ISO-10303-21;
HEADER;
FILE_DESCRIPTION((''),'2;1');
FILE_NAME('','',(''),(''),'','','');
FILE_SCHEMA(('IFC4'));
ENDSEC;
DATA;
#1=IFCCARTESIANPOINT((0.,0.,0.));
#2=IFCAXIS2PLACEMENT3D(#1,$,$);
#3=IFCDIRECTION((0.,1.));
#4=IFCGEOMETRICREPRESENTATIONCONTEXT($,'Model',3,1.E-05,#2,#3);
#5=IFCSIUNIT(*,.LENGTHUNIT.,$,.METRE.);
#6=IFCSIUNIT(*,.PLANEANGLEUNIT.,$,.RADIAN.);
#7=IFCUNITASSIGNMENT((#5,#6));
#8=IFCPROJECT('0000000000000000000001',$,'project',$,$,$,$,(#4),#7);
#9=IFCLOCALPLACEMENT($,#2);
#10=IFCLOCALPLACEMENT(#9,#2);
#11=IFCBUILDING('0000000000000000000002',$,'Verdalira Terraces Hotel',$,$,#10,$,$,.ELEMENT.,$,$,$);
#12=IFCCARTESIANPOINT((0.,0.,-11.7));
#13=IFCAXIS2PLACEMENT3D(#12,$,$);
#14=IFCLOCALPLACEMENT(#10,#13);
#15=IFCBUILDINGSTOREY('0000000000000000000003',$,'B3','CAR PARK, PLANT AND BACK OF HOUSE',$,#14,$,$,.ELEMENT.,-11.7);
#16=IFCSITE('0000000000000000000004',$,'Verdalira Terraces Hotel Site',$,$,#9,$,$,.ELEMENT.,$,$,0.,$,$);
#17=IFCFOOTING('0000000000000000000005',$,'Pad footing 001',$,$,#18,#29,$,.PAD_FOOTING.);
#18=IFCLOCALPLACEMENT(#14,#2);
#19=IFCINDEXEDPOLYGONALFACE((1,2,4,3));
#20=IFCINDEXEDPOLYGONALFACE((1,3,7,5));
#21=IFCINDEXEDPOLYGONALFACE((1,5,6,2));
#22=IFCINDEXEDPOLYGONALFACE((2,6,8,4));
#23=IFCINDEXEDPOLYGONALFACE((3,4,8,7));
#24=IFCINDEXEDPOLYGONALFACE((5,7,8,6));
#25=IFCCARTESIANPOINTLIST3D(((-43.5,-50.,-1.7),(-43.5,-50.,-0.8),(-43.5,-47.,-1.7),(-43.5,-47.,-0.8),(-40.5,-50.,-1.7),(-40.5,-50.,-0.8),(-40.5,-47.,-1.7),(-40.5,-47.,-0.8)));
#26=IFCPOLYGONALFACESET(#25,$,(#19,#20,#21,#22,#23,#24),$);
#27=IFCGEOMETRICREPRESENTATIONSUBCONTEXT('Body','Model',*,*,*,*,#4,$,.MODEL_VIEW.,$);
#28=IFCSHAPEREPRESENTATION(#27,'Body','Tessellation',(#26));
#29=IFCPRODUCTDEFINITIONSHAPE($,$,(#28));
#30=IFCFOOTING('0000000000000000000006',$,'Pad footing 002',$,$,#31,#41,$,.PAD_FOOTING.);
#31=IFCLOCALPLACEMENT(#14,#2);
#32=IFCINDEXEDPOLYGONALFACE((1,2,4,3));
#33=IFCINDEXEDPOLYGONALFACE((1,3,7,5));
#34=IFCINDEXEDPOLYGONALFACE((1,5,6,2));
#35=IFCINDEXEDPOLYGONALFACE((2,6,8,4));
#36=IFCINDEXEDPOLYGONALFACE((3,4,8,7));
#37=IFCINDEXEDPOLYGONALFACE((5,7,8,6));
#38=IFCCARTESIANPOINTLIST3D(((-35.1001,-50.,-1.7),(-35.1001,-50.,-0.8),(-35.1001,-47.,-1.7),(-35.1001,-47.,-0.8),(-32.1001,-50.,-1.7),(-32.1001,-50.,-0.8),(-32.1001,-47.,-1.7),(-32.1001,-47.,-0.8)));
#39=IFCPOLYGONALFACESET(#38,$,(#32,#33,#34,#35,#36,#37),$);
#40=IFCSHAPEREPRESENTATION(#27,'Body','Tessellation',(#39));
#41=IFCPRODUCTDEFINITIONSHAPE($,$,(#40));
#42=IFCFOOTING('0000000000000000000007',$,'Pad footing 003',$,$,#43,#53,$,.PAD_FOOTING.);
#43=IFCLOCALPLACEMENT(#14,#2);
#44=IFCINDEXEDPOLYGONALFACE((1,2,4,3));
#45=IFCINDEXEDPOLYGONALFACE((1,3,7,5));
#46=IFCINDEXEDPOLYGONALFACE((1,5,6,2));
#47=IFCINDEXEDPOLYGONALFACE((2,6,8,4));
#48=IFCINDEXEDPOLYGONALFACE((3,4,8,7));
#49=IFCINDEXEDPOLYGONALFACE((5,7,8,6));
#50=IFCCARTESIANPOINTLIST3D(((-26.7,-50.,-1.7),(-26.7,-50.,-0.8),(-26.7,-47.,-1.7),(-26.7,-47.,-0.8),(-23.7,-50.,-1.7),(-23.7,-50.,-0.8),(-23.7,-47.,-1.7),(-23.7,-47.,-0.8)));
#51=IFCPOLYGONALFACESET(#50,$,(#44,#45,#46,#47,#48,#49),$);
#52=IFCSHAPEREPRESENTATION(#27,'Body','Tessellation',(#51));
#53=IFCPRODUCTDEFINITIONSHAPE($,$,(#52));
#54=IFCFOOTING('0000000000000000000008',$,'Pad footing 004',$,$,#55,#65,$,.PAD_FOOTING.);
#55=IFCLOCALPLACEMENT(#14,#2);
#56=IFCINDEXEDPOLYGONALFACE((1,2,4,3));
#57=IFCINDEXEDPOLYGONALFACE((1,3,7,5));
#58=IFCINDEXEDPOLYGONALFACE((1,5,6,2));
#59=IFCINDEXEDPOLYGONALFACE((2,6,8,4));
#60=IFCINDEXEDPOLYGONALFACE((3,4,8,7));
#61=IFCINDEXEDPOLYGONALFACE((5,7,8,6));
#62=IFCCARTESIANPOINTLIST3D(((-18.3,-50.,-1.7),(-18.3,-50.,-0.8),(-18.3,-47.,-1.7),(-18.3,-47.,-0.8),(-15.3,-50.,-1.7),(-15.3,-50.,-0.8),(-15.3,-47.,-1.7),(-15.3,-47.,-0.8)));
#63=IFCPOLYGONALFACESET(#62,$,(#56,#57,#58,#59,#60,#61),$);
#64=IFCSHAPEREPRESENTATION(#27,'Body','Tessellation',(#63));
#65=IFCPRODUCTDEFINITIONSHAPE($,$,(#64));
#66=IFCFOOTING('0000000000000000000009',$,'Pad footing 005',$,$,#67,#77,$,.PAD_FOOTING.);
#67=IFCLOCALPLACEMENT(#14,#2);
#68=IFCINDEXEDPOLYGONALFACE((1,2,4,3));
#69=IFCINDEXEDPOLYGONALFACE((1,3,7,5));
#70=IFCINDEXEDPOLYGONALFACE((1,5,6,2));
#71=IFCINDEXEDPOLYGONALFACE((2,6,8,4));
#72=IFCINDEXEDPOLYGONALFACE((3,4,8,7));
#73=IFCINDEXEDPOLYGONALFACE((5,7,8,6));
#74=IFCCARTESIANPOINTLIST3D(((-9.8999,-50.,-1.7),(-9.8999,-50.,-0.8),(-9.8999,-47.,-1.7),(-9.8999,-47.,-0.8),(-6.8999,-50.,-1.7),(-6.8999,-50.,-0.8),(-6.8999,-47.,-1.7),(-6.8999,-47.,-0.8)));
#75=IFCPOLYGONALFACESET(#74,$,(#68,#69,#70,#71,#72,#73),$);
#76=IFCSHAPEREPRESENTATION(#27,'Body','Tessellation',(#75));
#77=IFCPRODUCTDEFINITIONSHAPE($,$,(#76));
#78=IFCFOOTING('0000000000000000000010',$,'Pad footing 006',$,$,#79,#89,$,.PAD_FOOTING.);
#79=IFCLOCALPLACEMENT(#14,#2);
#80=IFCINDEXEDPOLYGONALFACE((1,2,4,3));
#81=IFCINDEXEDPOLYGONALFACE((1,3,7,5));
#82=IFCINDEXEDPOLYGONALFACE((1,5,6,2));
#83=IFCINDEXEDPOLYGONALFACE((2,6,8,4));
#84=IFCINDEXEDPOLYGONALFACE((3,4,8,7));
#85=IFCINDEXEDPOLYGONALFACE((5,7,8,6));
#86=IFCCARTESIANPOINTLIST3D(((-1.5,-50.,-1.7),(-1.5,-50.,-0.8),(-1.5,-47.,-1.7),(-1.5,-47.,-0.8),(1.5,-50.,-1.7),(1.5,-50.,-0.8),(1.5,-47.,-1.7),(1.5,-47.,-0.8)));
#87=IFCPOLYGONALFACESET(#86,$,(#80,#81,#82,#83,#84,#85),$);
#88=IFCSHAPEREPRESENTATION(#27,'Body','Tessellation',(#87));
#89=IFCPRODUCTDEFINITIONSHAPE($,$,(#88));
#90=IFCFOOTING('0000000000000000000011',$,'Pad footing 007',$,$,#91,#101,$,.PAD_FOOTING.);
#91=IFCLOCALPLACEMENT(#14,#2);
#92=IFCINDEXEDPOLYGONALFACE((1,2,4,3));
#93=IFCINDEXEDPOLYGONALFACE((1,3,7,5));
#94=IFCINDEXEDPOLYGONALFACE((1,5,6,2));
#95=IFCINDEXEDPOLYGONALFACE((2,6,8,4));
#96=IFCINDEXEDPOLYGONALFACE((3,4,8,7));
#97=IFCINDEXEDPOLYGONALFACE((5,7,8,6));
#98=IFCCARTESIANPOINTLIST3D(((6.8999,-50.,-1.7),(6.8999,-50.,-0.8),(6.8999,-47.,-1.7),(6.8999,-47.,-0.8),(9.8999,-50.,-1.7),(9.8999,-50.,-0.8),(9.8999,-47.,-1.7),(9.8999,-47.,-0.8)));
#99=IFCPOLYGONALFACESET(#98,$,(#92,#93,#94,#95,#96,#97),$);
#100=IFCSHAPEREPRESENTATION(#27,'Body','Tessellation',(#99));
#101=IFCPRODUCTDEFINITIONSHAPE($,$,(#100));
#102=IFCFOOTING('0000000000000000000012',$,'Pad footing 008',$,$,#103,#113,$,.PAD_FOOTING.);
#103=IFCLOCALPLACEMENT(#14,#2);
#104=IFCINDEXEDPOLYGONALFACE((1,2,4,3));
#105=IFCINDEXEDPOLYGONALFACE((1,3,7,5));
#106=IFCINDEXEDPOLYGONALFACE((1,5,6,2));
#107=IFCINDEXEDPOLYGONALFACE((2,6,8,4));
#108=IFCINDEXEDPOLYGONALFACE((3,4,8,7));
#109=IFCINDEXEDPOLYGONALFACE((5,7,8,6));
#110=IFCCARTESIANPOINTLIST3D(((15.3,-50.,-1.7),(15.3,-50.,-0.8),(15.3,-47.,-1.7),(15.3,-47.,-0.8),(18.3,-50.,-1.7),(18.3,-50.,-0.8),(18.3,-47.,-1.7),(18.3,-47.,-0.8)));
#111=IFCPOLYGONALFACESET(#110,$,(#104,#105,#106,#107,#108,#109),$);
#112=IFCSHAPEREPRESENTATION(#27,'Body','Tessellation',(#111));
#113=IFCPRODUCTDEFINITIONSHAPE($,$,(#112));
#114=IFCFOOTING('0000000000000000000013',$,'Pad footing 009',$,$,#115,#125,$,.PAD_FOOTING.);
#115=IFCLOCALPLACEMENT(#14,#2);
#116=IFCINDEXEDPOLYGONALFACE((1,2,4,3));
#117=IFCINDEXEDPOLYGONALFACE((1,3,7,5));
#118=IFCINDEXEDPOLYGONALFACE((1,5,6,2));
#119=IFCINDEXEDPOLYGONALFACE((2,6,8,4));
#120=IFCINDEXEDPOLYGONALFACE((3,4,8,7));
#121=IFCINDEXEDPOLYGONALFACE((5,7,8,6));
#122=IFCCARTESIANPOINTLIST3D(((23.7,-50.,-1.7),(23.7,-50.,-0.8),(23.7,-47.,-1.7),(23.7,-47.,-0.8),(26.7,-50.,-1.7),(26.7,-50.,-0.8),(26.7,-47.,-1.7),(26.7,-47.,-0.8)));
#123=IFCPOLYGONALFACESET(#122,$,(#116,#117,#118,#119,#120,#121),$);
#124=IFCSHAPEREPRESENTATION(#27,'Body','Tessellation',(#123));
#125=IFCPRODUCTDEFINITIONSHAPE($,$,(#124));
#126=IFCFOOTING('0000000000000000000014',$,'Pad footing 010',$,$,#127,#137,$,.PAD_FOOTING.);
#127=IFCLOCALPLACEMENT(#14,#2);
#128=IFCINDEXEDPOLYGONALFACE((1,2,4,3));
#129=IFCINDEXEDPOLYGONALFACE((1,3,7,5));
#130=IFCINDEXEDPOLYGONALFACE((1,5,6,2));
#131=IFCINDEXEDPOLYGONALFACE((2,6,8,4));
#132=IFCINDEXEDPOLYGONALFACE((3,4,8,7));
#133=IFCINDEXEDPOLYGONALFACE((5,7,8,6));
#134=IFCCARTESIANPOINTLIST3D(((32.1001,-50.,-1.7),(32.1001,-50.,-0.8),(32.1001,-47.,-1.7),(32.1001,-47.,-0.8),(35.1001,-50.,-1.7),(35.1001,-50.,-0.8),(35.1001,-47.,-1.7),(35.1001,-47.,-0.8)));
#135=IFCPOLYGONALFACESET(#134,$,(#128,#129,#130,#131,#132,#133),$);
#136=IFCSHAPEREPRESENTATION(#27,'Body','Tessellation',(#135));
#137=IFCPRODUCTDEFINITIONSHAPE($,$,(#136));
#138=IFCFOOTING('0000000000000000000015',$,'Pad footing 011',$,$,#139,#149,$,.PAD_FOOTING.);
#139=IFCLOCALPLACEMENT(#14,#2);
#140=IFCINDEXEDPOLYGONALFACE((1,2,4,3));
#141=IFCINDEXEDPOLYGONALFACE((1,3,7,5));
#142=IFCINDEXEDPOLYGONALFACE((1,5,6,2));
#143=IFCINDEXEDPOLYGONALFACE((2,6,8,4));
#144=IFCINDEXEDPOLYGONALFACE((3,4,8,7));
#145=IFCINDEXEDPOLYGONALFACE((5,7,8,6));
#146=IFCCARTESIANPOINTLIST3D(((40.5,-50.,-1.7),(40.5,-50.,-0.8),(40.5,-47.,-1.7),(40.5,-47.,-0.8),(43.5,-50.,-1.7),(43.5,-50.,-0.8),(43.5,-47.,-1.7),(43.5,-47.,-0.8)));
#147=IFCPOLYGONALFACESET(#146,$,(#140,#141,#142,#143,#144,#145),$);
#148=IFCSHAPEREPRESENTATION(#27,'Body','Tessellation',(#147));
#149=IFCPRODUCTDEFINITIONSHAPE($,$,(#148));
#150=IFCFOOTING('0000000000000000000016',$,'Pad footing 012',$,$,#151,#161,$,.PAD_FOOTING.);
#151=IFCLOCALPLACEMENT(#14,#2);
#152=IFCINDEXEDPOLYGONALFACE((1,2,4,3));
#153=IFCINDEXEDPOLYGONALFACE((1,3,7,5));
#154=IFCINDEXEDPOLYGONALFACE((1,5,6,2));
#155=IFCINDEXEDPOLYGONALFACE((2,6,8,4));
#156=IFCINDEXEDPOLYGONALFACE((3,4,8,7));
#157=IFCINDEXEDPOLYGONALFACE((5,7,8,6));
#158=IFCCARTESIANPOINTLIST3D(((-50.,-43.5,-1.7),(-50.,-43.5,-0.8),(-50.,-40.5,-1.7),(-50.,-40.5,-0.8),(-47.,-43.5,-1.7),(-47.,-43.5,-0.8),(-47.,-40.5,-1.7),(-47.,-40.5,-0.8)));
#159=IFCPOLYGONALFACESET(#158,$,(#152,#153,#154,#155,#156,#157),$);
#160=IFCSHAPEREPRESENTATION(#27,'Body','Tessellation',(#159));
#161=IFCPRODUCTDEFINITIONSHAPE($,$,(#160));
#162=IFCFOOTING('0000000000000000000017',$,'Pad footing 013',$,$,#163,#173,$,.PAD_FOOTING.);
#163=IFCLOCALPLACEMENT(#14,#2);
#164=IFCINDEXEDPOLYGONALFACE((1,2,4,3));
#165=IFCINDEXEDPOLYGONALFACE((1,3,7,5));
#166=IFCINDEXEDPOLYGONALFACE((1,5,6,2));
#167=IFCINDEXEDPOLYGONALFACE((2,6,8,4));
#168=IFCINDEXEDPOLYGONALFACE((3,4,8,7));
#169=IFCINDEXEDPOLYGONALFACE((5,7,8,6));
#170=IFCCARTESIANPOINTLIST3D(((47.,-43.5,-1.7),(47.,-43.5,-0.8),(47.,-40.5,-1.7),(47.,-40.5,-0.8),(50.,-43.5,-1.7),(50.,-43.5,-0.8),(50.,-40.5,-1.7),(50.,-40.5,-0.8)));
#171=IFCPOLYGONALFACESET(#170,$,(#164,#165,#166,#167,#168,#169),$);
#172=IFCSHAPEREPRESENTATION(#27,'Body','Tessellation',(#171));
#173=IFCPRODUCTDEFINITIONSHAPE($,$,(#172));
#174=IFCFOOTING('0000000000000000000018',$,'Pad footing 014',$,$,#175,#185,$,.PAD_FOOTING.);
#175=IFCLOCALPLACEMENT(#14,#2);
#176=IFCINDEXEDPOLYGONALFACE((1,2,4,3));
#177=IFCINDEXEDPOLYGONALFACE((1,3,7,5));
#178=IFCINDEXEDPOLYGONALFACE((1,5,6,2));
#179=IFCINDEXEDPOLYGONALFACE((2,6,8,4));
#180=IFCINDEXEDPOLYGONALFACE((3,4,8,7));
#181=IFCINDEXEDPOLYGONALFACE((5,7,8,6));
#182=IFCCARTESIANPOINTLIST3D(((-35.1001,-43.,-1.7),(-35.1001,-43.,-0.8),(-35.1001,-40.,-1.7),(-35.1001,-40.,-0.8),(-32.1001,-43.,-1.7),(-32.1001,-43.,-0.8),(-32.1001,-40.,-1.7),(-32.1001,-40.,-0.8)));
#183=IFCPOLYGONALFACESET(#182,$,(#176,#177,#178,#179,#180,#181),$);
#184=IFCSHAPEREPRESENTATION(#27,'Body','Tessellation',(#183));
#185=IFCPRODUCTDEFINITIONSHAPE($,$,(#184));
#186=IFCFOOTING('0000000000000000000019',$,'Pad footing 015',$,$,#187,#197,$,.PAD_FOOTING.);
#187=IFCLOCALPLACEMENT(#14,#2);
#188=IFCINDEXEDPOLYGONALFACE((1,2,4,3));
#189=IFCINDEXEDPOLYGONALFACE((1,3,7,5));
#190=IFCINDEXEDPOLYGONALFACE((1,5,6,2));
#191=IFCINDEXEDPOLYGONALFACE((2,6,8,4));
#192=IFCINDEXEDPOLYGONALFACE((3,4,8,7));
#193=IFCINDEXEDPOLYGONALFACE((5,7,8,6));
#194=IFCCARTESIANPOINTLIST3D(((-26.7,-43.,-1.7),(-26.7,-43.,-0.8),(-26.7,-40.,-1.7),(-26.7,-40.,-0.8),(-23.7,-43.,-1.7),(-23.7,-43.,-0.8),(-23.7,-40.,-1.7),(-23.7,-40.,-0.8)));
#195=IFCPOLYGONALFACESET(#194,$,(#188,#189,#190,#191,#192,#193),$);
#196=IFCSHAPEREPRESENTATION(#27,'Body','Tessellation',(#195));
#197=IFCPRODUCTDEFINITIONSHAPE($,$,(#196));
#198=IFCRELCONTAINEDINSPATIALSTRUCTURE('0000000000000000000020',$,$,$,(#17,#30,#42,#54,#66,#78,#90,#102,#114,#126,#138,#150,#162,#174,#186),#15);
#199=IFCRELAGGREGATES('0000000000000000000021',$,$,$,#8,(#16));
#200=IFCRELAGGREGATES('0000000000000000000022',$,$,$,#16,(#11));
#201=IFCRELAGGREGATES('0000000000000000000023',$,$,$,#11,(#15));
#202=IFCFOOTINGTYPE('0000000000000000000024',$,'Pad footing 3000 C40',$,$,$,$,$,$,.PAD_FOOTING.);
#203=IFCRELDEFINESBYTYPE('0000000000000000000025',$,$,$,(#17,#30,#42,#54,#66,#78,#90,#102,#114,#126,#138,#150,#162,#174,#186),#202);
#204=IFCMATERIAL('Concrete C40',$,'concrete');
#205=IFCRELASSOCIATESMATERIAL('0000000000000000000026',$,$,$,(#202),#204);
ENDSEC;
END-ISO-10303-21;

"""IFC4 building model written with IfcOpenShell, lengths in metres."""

from ifc_helpers import new_model, si_unit, direction, frame, origin, place, context, subcontext, project, spatial, polyline, outline, extrude, material, type_object, element, save


model = new_model("IFC4")

# Units and contexts
model_context = context("Model", 3, precision=1e-05, world=origin(), true_north=direction((0.0, 1.0)))
body_context = subcontext(model_context, "Body", "Model", "MODEL_VIEW")
ifc_project = project(units=[si_unit("LENGTHUNIT", "METRE"), si_unit("PLANEANGLEUNIT", "RADIAN")], contexts=[model_context])

# Site, building, storey
site_placement = place(None, origin())
site = spatial("IfcSite", under=ifc_project, at=site_placement, Name="Verdalira Terraces Hotel Site", CompositionType="ELEMENT", RefElevation=0.0)
building_placement = place(site_placement, origin())
building = spatial("IfcBuilding", under=site, at=building_placement, Name="Verdalira Terraces Hotel", CompositionType="ELEMENT")
storey_placement = place(building_placement, frame((0.0, 0.0, -11.7)))
storey = spatial("IfcBuildingStorey", under=building, at=storey_placement, Name="B3", Description="CAR PARK, PLANT AND BACK OF HOUSE", CompositionType="ELEMENT", Elevation=-11.7)

# Footings
ifc_material_1 = material(Name="Concrete C40", Category="concrete")
footing_type_1 = type_object("IfcFootingType", Name="Pad footing 3000 C40", PredefinedType="PAD_FOOTING", material=ifc_material_1)
footing_1_placement = place(storey_placement, frame((0.0, 0.0, -1.7)))
element("IfcFooting", 1, at=footing_1_placement, inside=storey, type_object=footing_type_1, Name="Pad footing 001", PredefinedType="PAD_FOOTING", context=body_context, shape_type="SweptSolid", body=[
    extrude(outline(polyline([(-40.5, -50.0), (-40.5, -47.0), (-43.5, -47.0), (-43.5, -50.0), (-40.5, -50.0)])), origin(), (0.0, 0.0, 1.0), 0.8999),
])
footing_2_placement = place(storey_placement, frame((0.0, 0.0, -1.7)))
element("IfcFooting", 2, at=footing_2_placement, inside=storey, type_object=footing_type_1, Name="Pad footing 002", PredefinedType="PAD_FOOTING", context=body_context, shape_type="SweptSolid", body=[
    extrude(outline(polyline([(-32.1001, -50.0), (-32.1001, -47.0), (-35.1001, -47.0), (-35.1001, -50.0), (-32.1001, -50.0)])), origin(), (0.0, 0.0, 1.0), 0.8999),
])
footing_3_placement = place(storey_placement, frame((0.0, 0.0, -1.7)))
element("IfcFooting", 3, at=footing_3_placement, inside=storey, type_object=footing_type_1, Name="Pad footing 003", PredefinedType="PAD_FOOTING", context=body_context, shape_type="SweptSolid", body=[
    extrude(outline(polyline([(-23.7, -50.0), (-23.7, -47.0), (-26.7, -47.0), (-26.7, -50.0), (-23.7, -50.0)])), origin(), (0.0, 0.0, 1.0), 0.8999),
])
footing_4_placement = place(storey_placement, frame((0.0, 0.0, -1.7)))
element("IfcFooting", 4, at=footing_4_placement, inside=storey, type_object=footing_type_1, Name="Pad footing 004", PredefinedType="PAD_FOOTING", context=body_context, shape_type="SweptSolid", body=[
    extrude(outline(polyline([(-15.3, -50.0), (-15.3, -47.0), (-18.3, -47.0), (-18.3, -50.0), (-15.3, -50.0)])), origin(), (0.0, 0.0, 1.0), 0.8999),
])
footing_5_placement = place(storey_placement, frame((0.0, 0.0, -1.7)))
element("IfcFooting", 5, at=footing_5_placement, inside=storey, type_object=footing_type_1, Name="Pad footing 005", PredefinedType="PAD_FOOTING", context=body_context, shape_type="SweptSolid", body=[
    extrude(outline(polyline([(-6.8999, -50.0), (-6.8999, -47.0), (-9.8999, -47.0), (-9.8999, -50.0), (-6.8999, -50.0)])), origin(), (0.0, 0.0, 1.0), 0.8999),
])
footing_6_placement = place(storey_placement, frame((0.0, 0.0, -1.7)))
element("IfcFooting", 6, at=footing_6_placement, inside=storey, type_object=footing_type_1, Name="Pad footing 006", PredefinedType="PAD_FOOTING", context=body_context, shape_type="SweptSolid", body=[
    extrude(outline(polyline([(1.5, -50.0), (1.5, -47.0), (-1.5, -47.0), (-1.5, -50.0), (1.5, -50.0)])), origin(), (0.0, 0.0, 1.0), 0.8999),
])
footing_7_placement = place(storey_placement, frame((0.0, 0.0, -1.7)))
element("IfcFooting", 7, at=footing_7_placement, inside=storey, type_object=footing_type_1, Name="Pad footing 007", PredefinedType="PAD_FOOTING", context=body_context, shape_type="SweptSolid", body=[
    extrude(outline(polyline([(9.8999, -50.0), (9.8999, -47.0), (6.8999, -47.0), (6.8999, -50.0), (9.8999, -50.0)])), origin(), (0.0, 0.0, 1.0), 0.8999),
])
footing_8_placement = place(storey_placement, frame((0.0, 0.0, -1.7)))
element("IfcFooting", 8, at=footing_8_placement, inside=storey, type_object=footing_type_1, Name="Pad footing 008", PredefinedType="PAD_FOOTING", context=body_context, shape_type="SweptSolid", body=[
    extrude(outline(polyline([(18.3, -50.0), (18.3, -47.0), (15.3, -47.0), (15.3, -50.0), (18.3, -50.0)])), origin(), (0.0, 0.0, 1.0), 0.8999),
])
footing_9_placement = place(storey_placement, frame((0.0, 0.0, -1.7)))
element("IfcFooting", 9, at=footing_9_placement, inside=storey, type_object=footing_type_1, Name="Pad footing 009", PredefinedType="PAD_FOOTING", context=body_context, shape_type="SweptSolid", body=[
    extrude(outline(polyline([(26.7, -50.0), (26.7, -47.0), (23.7, -47.0), (23.7, -50.0), (26.7, -50.0)])), origin(), (0.0, 0.0, 1.0), 0.8999),
])
footing_10_placement = place(storey_placement, frame((0.0, 0.0, -1.7)))
element("IfcFooting", 10, at=footing_10_placement, inside=storey, type_object=footing_type_1, Name="Pad footing 010", PredefinedType="PAD_FOOTING", context=body_context, shape_type="SweptSolid", body=[
    extrude(outline(polyline([(35.1001, -50.0), (35.1001, -47.0), (32.1001, -47.0), (32.1001, -50.0), (35.1001, -50.0)])), origin(), (0.0, 0.0, 1.0), 0.8999),
])
footing_11_placement = place(storey_placement, frame((0.0, 0.0, -1.7)))
element("IfcFooting", 11, at=footing_11_placement, inside=storey, type_object=footing_type_1, Name="Pad footing 011", PredefinedType="PAD_FOOTING", context=body_context, shape_type="SweptSolid", body=[
    extrude(outline(polyline([(43.5, -50.0), (43.5, -47.0), (40.5, -47.0), (40.5, -50.0), (43.5, -50.0)])), origin(), (0.0, 0.0, 1.0), 0.8999),
])
footing_12_placement = place(storey_placement, frame((0.0, 0.0, -1.7)))
element("IfcFooting", 12, at=footing_12_placement, inside=storey, type_object=footing_type_1, Name="Pad footing 012", PredefinedType="PAD_FOOTING", context=body_context, shape_type="SweptSolid", body=[
    extrude(outline(polyline([(-47.0, -43.5), (-47.0, -40.5), (-50.0, -40.5), (-50.0, -43.5), (-47.0, -43.5)])), origin(), (0.0, 0.0, 1.0), 0.8999),
])
footing_13_placement = place(storey_placement, frame((0.0, 0.0, -1.7)))
element("IfcFooting", 13, at=footing_13_placement, inside=storey, type_object=footing_type_1, Name="Pad footing 013", PredefinedType="PAD_FOOTING", context=body_context, shape_type="SweptSolid", body=[
    extrude(outline(polyline([(50.0, -43.5), (50.0, -40.5), (47.0, -40.5), (47.0, -43.5), (50.0, -43.5)])), origin(), (0.0, 0.0, 1.0), 0.8999),
])
footing_14_placement = place(storey_placement, frame((0.0, 0.0, -1.7)))
element("IfcFooting", 14, at=footing_14_placement, inside=storey, type_object=footing_type_1, Name="Pad footing 014", PredefinedType="PAD_FOOTING", context=body_context, shape_type="SweptSolid", body=[
    extrude(outline(polyline([(-32.1001, -43.0), (-32.1001, -40.0), (-35.1001, -40.0), (-35.1001, -43.0), (-32.1001, -43.0)])), origin(), (0.0, 0.0, 1.0), 0.8999),
])
footing_15_placement = place(storey_placement, frame((0.0, 0.0, -1.7)))
element("IfcFooting", 15, at=footing_15_placement, inside=storey, type_object=footing_type_1, Name="Pad footing 015", PredefinedType="PAD_FOOTING", context=body_context, shape_type="SweptSolid", body=[
    extrude(outline(polyline([(-23.7, -43.0), (-23.7, -40.0), (-26.7, -40.0), (-26.7, -43.0), (-23.7, -43.0)])), origin(), (0.0, 0.0, 1.0), 0.8999),
])

save(model, "model.ifc")
